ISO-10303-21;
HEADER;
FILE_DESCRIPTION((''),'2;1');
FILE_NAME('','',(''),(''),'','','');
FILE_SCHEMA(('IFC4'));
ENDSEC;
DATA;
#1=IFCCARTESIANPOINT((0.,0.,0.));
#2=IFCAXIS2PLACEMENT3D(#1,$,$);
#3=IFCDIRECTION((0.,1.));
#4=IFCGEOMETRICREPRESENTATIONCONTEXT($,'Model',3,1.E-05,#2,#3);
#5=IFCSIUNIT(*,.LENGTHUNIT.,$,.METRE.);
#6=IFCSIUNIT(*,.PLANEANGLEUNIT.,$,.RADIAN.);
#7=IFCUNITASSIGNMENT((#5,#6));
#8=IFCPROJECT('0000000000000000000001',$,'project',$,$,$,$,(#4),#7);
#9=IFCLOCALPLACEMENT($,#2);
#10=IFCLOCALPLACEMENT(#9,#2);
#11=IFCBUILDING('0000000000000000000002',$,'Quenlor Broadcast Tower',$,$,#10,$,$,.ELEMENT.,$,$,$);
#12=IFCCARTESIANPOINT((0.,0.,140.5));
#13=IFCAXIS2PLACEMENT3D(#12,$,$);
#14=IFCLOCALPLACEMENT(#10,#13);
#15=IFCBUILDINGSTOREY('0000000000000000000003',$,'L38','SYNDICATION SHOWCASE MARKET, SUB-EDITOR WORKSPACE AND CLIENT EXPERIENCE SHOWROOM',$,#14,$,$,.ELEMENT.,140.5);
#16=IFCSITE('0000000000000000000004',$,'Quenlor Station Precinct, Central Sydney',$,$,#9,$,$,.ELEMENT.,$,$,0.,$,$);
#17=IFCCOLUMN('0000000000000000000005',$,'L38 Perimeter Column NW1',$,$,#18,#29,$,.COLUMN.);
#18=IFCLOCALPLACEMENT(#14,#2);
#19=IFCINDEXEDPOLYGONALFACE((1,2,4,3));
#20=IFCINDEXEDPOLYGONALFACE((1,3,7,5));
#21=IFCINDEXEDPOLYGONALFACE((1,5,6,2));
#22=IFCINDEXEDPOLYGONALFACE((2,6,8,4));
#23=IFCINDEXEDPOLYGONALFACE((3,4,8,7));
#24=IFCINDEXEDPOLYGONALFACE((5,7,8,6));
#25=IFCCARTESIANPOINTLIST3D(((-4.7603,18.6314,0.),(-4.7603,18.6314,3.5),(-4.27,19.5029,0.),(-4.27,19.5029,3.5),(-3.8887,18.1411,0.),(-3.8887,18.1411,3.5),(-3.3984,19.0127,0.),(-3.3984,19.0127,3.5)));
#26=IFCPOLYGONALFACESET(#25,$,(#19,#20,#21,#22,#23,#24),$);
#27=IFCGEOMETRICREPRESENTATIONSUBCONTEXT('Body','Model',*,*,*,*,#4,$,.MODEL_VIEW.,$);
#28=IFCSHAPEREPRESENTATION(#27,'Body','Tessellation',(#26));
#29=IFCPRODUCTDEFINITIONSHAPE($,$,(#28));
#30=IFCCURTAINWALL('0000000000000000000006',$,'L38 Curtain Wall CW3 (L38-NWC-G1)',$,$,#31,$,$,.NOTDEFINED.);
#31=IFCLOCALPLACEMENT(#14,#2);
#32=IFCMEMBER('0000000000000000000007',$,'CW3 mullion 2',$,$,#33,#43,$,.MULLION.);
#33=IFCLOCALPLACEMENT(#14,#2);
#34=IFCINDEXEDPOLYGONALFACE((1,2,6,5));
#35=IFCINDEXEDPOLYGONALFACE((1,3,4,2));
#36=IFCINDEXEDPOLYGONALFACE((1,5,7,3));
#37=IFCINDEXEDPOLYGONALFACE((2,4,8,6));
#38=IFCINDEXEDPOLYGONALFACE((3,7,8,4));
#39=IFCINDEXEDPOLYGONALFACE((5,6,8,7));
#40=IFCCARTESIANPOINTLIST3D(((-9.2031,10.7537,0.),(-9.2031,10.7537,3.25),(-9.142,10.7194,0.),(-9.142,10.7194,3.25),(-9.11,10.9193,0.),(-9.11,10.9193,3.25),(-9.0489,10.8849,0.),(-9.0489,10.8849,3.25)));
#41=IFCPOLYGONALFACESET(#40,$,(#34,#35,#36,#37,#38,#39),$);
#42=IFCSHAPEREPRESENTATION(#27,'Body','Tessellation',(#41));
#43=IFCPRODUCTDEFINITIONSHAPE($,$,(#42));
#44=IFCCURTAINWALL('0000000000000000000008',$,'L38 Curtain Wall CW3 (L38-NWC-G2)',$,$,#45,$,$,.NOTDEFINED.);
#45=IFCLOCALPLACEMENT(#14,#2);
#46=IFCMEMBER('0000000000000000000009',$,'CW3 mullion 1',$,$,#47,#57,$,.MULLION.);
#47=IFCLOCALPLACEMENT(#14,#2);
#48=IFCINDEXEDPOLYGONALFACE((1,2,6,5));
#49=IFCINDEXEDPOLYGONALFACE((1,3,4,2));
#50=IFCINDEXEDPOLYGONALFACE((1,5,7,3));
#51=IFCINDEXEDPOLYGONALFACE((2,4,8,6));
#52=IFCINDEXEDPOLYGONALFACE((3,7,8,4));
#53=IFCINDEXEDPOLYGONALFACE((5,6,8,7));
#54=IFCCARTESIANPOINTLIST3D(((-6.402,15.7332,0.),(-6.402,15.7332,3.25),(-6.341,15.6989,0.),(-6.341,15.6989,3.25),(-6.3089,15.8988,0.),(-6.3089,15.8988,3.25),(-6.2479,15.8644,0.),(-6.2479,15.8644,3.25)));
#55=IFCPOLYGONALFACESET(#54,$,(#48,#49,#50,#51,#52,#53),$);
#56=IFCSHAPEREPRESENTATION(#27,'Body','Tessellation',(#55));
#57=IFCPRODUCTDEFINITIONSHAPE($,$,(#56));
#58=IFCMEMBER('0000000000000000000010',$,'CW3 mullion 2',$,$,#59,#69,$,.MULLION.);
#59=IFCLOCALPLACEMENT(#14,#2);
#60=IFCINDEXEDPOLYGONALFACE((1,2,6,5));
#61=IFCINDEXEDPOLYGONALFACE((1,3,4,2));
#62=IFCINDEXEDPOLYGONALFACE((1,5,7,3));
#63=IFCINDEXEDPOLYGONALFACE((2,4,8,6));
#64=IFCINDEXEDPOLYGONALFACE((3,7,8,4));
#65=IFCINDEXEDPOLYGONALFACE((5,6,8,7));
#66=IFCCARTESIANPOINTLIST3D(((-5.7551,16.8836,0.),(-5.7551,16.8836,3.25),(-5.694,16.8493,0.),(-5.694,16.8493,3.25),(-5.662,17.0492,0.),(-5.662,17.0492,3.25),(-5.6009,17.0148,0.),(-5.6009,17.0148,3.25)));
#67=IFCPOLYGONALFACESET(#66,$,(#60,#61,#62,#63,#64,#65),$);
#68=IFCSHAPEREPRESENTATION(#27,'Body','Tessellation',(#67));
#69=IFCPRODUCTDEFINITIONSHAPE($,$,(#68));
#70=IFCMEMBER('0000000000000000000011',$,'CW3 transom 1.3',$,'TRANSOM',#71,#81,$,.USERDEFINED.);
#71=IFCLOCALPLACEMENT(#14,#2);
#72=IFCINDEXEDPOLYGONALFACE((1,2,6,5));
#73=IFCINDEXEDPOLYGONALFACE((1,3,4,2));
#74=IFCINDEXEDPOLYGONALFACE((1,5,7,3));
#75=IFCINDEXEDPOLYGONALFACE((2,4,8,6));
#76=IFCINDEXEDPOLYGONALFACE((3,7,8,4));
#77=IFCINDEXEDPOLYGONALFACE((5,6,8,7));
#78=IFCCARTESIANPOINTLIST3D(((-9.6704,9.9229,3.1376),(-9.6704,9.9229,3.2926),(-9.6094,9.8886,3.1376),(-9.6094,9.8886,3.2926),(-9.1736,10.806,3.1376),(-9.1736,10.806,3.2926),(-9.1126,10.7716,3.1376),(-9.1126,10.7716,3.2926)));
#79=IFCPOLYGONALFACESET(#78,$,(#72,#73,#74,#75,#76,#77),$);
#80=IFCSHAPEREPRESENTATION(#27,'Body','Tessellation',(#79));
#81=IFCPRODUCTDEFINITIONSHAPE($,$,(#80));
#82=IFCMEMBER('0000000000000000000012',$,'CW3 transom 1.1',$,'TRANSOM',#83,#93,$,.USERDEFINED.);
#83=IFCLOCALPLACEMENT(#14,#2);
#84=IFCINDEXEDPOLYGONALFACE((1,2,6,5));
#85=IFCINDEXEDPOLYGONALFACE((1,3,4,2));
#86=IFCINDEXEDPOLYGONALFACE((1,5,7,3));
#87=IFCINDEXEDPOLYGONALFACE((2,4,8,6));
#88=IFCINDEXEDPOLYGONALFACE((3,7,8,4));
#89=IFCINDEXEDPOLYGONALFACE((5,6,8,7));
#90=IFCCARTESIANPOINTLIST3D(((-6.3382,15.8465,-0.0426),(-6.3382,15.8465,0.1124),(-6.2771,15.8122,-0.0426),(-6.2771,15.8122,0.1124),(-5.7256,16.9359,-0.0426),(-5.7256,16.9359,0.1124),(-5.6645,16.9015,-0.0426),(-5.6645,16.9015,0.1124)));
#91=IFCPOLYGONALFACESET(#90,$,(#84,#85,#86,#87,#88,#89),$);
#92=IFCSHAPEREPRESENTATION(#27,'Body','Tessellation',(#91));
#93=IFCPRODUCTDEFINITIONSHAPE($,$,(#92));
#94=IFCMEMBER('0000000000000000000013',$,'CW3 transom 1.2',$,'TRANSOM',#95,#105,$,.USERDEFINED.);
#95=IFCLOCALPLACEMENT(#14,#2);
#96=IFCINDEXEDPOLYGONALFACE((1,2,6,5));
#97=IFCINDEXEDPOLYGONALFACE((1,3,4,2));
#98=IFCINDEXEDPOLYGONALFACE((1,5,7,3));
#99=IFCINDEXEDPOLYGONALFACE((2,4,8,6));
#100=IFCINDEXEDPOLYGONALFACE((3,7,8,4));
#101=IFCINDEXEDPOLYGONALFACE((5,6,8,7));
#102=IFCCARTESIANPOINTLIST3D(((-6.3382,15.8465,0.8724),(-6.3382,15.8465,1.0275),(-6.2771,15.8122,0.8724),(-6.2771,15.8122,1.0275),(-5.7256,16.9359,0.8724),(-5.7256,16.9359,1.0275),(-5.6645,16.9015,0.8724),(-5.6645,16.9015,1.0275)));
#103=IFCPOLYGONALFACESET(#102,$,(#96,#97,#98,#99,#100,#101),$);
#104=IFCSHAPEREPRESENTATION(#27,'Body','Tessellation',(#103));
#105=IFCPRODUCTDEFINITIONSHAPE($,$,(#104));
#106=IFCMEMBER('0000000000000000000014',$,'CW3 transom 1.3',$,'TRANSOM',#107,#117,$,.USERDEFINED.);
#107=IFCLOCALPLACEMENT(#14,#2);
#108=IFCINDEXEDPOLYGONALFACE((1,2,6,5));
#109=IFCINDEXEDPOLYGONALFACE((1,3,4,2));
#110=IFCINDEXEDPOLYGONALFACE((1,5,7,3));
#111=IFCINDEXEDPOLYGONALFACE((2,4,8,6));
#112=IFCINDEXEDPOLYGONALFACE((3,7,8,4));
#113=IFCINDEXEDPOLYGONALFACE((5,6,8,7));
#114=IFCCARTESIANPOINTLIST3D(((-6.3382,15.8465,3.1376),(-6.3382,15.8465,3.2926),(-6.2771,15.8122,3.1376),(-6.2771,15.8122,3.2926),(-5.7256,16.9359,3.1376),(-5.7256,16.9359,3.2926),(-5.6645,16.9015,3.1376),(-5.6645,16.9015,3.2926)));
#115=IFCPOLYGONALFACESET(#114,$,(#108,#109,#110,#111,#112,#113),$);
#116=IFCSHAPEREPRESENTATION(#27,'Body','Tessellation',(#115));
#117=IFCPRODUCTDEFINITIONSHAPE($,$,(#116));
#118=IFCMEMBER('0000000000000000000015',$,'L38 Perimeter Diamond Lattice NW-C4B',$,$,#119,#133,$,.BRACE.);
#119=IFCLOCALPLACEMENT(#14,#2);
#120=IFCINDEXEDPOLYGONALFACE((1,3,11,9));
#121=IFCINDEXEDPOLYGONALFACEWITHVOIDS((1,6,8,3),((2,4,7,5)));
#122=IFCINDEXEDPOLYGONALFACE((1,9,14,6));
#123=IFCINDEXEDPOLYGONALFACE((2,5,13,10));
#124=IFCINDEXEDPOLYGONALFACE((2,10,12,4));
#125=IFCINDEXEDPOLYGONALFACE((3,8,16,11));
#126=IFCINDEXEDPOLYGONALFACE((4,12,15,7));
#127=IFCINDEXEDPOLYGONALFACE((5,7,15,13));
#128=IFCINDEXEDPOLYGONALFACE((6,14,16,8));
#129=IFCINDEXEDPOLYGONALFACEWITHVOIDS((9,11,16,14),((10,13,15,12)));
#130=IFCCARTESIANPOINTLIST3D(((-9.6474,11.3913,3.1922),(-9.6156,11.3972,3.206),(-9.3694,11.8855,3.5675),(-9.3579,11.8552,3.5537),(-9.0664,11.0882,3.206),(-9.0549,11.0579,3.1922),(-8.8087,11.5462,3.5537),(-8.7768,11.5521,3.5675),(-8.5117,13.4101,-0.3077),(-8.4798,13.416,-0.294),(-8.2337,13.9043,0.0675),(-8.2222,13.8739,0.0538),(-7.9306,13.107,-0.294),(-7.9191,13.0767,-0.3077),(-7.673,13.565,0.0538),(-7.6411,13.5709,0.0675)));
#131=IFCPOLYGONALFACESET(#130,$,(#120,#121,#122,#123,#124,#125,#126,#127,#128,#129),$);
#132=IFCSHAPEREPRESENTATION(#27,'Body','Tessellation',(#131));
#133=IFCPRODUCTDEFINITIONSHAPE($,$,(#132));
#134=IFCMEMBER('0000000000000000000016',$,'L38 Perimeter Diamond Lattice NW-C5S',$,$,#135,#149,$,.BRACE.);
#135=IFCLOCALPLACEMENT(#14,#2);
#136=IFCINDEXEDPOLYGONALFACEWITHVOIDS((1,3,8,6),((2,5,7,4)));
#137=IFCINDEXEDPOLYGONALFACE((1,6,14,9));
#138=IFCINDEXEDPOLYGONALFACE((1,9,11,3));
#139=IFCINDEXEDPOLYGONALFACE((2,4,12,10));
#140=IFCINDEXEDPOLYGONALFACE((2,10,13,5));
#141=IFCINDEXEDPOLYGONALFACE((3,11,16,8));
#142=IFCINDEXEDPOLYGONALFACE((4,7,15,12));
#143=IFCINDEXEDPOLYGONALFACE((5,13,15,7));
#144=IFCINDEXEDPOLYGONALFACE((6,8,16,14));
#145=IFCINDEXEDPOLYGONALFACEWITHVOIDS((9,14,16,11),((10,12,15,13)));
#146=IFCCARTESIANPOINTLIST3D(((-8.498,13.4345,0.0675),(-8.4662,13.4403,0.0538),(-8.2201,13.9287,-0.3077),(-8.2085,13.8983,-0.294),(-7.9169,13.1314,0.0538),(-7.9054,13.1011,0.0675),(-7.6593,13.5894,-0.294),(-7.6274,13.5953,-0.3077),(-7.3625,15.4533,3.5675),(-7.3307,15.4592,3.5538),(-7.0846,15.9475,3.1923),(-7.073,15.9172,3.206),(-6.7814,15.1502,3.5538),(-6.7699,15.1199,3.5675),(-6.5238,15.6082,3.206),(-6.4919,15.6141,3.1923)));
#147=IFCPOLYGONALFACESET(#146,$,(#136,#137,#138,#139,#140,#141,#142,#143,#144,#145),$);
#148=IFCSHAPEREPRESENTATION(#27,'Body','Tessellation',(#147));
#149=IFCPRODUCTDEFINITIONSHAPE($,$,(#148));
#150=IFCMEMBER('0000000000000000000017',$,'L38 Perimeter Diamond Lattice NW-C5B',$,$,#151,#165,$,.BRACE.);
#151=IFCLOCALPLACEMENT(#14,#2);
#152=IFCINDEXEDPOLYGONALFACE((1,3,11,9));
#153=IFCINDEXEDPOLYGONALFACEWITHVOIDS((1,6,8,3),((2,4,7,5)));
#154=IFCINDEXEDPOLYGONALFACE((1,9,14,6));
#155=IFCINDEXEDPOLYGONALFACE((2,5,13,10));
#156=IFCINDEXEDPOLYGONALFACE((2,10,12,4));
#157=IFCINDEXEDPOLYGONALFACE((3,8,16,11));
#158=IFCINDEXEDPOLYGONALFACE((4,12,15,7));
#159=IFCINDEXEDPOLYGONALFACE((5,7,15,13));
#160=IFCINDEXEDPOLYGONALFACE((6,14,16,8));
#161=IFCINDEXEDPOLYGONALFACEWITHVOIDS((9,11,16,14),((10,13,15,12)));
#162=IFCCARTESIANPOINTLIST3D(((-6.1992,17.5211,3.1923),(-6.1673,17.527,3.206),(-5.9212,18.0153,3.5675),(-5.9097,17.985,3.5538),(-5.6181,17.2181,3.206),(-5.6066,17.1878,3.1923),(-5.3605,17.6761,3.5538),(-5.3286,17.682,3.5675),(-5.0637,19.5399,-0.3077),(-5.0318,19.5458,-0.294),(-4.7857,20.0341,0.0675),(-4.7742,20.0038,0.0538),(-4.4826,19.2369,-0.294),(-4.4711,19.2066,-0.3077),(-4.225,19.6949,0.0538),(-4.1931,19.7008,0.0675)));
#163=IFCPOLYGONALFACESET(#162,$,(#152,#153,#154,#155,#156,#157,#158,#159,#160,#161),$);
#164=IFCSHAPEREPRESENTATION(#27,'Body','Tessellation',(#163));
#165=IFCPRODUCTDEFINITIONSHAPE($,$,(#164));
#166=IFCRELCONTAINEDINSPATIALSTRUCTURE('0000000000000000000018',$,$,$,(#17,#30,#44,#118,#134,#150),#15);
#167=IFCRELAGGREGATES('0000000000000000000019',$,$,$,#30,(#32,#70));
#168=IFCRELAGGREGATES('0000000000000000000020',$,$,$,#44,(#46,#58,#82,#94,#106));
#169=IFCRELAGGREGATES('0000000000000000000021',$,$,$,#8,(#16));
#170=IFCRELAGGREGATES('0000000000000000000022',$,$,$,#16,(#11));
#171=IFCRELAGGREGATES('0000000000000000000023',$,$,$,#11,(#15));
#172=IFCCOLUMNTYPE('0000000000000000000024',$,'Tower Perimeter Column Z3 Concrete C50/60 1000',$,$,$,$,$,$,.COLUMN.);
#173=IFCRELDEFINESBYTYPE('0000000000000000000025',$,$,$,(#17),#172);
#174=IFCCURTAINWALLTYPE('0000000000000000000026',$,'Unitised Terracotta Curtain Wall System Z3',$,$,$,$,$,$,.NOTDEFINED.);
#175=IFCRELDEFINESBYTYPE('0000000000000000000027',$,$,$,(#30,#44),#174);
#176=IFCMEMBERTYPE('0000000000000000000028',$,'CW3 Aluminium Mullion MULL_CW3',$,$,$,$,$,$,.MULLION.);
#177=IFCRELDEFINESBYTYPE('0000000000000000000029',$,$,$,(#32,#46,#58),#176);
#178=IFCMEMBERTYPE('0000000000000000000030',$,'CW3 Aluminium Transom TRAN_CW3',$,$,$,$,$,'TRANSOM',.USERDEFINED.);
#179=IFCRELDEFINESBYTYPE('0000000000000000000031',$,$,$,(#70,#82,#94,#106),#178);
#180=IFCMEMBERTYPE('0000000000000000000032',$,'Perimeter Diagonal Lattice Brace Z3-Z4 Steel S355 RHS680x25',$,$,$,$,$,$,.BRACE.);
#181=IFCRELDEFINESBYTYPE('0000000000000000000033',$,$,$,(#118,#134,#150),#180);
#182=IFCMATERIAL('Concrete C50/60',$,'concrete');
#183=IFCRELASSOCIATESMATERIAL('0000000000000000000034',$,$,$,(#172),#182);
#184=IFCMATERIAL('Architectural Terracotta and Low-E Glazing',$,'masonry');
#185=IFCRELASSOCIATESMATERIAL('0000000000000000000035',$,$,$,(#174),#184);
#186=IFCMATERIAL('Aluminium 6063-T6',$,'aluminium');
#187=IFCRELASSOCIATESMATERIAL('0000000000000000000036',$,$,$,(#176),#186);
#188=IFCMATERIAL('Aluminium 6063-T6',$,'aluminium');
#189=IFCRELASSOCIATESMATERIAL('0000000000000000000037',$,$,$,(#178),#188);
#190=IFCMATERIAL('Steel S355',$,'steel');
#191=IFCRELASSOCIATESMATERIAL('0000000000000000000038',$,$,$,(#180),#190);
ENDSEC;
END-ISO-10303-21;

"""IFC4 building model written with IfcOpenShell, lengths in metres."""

from ifc_helpers import new_model, si_unit, direction, frame, origin, origin_2d, place, context, subcontext, project, spatial, rectangle, hollow_rectangle, extrude, material, material_profile, profile_set, type_object, element, aggregate, save


model = new_model("IFC4")

# Units and contexts
model_context = context("Model", 3, precision=1e-05, world=origin(), true_north=direction((0.0, 1.0)))
body_context = subcontext(model_context, "Body", "Model", "MODEL_VIEW")
ifc_project = project(units=[si_unit("LENGTHUNIT", "METRE"), si_unit("PLANEANGLEUNIT", "RADIAN")], contexts=[model_context])

# Site, building, storey
site_placement = place(None, origin())
site = spatial("IfcSite", under=ifc_project, at=site_placement, Name="Quenlor Station Precinct, Central Sydney", CompositionType="ELEMENT", RefElevation=0.0)
building_placement = place(site_placement, origin())
building = spatial("IfcBuilding", under=site, at=building_placement, Name="Quenlor Broadcast Tower", CompositionType="ELEMENT")
storey_placement = place(building_placement, frame((0.0, 0.0, 140.5)))
storey = spatial("IfcBuildingStorey", under=building, at=storey_placement, Name="L38", Description="SYNDICATION SHOWCASE MARKET, SUB-EDITOR WORKSPACE AND CLIENT EXPERIENCE SHOWROOM", CompositionType="ELEMENT", Elevation=140.5)

# Column
ifc_material_1 = material(Name="Concrete C50/60", Category="concrete")
ifc_material_profile_1 = material_profile(ifc_material_1, rectangle(XDim=1.0, YDim=1.0, at=origin_2d()))
ifc_profile_set_1 = profile_set([ifc_material_profile_1], Name="Concrete C50/60 RC1000x1000")
column_type = type_object("IfcColumnType", Name="Tower Perimeter Column Z3 Concrete C50/60 1000", PredefinedType="COLUMN", material=ifc_profile_set_1)
column_placement = place(storey_placement, frame((-4.0793, 18.822, 0.0), z_axis=(0.0, 0.0, 1.0), x_axis=(-0.871575, 0.490262, 0.0)))
element("IfcColumn", 1, at=column_placement, inside=storey, type_object=column_type, Name="L38 Perimeter Column NW1", PredefinedType="COLUMN", context=body_context, shape_type="SweptSolid", body=[
    extrude(rectangle(XDim=1.0, YDim=1.0, at=origin_2d()), origin(), (0.0, 0.0, 1.0), 3.5),
])

# Curtain wall, member
ifc_material_2 = material(Name="Architectural Terracotta and Low-E Glazing", Category="masonry")
curtain_wall_type = type_object("IfcCurtainWallType", Name="Unitised Terracotta Curtain Wall System Z3", PredefinedType="NOTDEFINED", material=ifc_material_2)
curtain_wall_1_placement = place(storey_placement, origin())
curtain_wall_1 = element("IfcCurtainWall", 2, at=curtain_wall_1_placement, inside=storey, type_object=curtain_wall_type, Name="L38 Curtain Wall CW3 (L38-NWC-G1)", PredefinedType="NOTDEFINED")
ifc_material_3 = material(Name="Aluminium 6063-T6", Category="aluminium")
ifc_material_profile_2 = material_profile(ifc_material_3, rectangle(XDim=0.0701, YDim=0.1899, at=origin_2d()))
ifc_profile_set_2 = profile_set([ifc_material_profile_2], Name="Aluminium 6063-T6 MULL70x190")
member_type_1 = type_object("IfcMemberType", Name="CW3 Aluminium Mullion MULL_CW3", PredefinedType="MULLION", material=ifc_profile_set_2)
member_1_placement = place(storey_placement, frame((-9.126, 10.8193, 0.0), z_axis=(0.0, 0.0, 1.0), x_axis=(-0.871601, 0.490216, 0.0)))
member_1 = element("IfcMember", 3, at=member_1_placement, type_object=member_type_1, Name="CW3 mullion 2", PredefinedType="MULLION", context=body_context, shape_type="SweptSolid", body=[
    extrude(rectangle(XDim=0.0701, YDim=0.1899, at=origin_2d()), origin(), (0.0, 0.0, 1.0), 3.25),
])

# Curtain wall, members
curtain_wall_2_placement = place(storey_placement, origin())
curtain_wall_2 = element("IfcCurtainWall", 4, at=curtain_wall_2_placement, inside=storey, type_object=curtain_wall_type, Name="L38 Curtain Wall CW3 (L38-NWC-G2)", PredefinedType="NOTDEFINED")
member_2_placement = place(storey_placement, frame((-6.325, 15.7988, 0.0), z_axis=(0.0, 0.0, 1.0), x_axis=(-0.871593, 0.49023, 0.0)))
member_2 = element("IfcMember", 5, at=member_2_placement, type_object=member_type_1, Name="CW3 mullion 1", PredefinedType="MULLION", context=body_context, shape_type="SweptSolid", body=[
    extrude(rectangle(XDim=0.0701, YDim=0.1899, at=origin_2d()), origin(), (0.0, 0.0, 1.0), 3.25),
])
member_3_placement = place(storey_placement, frame((-5.678, 16.9492, 0.0), z_axis=(0.0, 0.0, 1.0), x_axis=(-0.871593, 0.49023, 0.0)))
member_3 = element("IfcMember", 6, at=member_3_placement, type_object=member_type_1, Name="CW3 mullion 2", PredefinedType="MULLION", context=body_context, shape_type="SweptSolid", body=[
    extrude(rectangle(XDim=0.0701, YDim=0.1899, at=origin_2d()), origin(), (0.0, 0.0, 1.0), 3.25),
])

# Members
ifc_material_4 = material(Name="Aluminium 6063-T6", Category="aluminium")
ifc_material_profile_3 = material_profile(ifc_material_4, rectangle(XDim=0.0701, YDim=0.155, at=origin_2d()))
ifc_profile_set_3 = profile_set([ifc_material_profile_3], Name="Aluminium 6063-T6 TRAN70x155")
member_type_2 = type_object("IfcMemberType", Name="CW3 Aluminium Transom TRAN_CW3", ElementType="TRANSOM", PredefinedType="USERDEFINED", material=ifc_profile_set_3)
member_4_placement = place(storey_placement, frame((-9.6399, 9.9058, 3.2151), z_axis=(0.490341, 0.87153, 0.0), x_axis=(-0.87153, 0.490341, 0.0)))
member_4 = element("IfcMember", 7, at=member_4_placement, type_object=member_type_2, Name="CW3 transom 1.3", ObjectType="TRANSOM", PredefinedType="USERDEFINED", context=body_context, shape_type="SweptSolid", body=[
    extrude(rectangle(XDim=0.0701, YDim=0.155, at=origin_2d()), origin(), (0.0, 0.0, 1.0), 1.0132),
])
member_5_placement = place(storey_placement, frame((-6.3076, 15.8293, 0.0349), z_axis=(0.490131, 0.871649, 0.0), x_axis=(-0.871649, 0.490131, 0.0)))
member_5 = element("IfcMember", 8, at=member_5_placement, type_object=member_type_2, Name="CW3 transom 1.1", ObjectType="TRANSOM", PredefinedType="USERDEFINED", context=body_context, shape_type="SweptSolid", body=[
    extrude(rectangle(XDim=0.0701, YDim=0.155, at=origin_2d()), origin(), (0.0, 0.0, 1.0), 1.2498),
])
member_6_placement = place(storey_placement, frame((-6.3076, 15.8293, 0.95), z_axis=(0.490131, 0.871649, 0.0), x_axis=(-0.871649, 0.490131, 0.0)))
member_6 = element("IfcMember", 9, at=member_6_placement, type_object=member_type_2, Name="CW3 transom 1.2", ObjectType="TRANSOM", PredefinedType="USERDEFINED", context=body_context, shape_type="SweptSolid", body=[
    extrude(rectangle(XDim=0.0701, YDim=0.155, at=origin_2d()), origin(), (0.0, 0.0, 1.0), 1.2498),
])
member_7_placement = place(storey_placement, frame((-6.3076, 15.8293, 3.2151), z_axis=(0.490131, 0.871649, 0.0), x_axis=(-0.871649, 0.490131, 0.0)))
member_7 = element("IfcMember", 10, at=member_7_placement, type_object=member_type_2, Name="CW3 transom 1.3", ObjectType="TRANSOM", PredefinedType="USERDEFINED", context=body_context, shape_type="SweptSolid", body=[
    extrude(rectangle(XDim=0.0701, YDim=0.155, at=origin_2d()), origin(), (0.0, 0.0, 1.0), 1.2498),
])

# Members
ifc_material_5 = material(Name="Steel S355", Category="steel")
ifc_material_profile_4 = material_profile(ifc_material_5, hollow_rectangle(XDim=0.6799, YDim=0.6799, WallThickness=0.0249, at=origin_2d()))
ifc_profile_set_4 = profile_set([ifc_material_profile_4], Name="Steel S355 RHS680x680x25")
member_type_3 = type_object("IfcMemberType", Name="Perimeter Diagonal Lattice Brace Z3-Z4 Steel S355 RHS680x25", PredefinedType="BRACE", material=ifc_profile_set_4)
for number, where, z_axis, x_axis, name in (
    (11, (-8.0764, 13.4905, -0.1201), (-0.270603, -0.481001, 0.833914), (0.871545, -0.490316, 0.0), "L38 Perimeter Diamond Lattice NW-C4B"),
    (12, (-8.0627, 13.5149, -0.1201), (0.270549, 0.481009, 0.833927), (-0.87159, 0.490236, 0.0), "L38 Perimeter Diamond Lattice NW-C5S"),
    (13, (-4.6284, 19.6204, -0.1201), (-0.270549, -0.481009, 0.833927), (0.87159, -0.490236, 0.0), "L38 Perimeter Diamond Lattice NW-C5B"),
):
    element("IfcMember", number, at=place(storey_placement, frame(where, z_axis=z_axis, x_axis=x_axis)), inside=storey, type_object=member_type_3, Name=name, PredefinedType="BRACE", context=body_context, shape_type="SweptSolid", body=[
        extrude(hollow_rectangle(XDim=0.6799, YDim=0.6799, WallThickness=0.0249, at=origin_2d()), origin(), (0.0, 0.0, 1.0), 4.197),
    ])

aggregate(curtain_wall_1, [member_1, member_4])
aggregate(curtain_wall_2, [member_2, member_3, member_5, member_6, member_7])

save(model, "model.ifc")
